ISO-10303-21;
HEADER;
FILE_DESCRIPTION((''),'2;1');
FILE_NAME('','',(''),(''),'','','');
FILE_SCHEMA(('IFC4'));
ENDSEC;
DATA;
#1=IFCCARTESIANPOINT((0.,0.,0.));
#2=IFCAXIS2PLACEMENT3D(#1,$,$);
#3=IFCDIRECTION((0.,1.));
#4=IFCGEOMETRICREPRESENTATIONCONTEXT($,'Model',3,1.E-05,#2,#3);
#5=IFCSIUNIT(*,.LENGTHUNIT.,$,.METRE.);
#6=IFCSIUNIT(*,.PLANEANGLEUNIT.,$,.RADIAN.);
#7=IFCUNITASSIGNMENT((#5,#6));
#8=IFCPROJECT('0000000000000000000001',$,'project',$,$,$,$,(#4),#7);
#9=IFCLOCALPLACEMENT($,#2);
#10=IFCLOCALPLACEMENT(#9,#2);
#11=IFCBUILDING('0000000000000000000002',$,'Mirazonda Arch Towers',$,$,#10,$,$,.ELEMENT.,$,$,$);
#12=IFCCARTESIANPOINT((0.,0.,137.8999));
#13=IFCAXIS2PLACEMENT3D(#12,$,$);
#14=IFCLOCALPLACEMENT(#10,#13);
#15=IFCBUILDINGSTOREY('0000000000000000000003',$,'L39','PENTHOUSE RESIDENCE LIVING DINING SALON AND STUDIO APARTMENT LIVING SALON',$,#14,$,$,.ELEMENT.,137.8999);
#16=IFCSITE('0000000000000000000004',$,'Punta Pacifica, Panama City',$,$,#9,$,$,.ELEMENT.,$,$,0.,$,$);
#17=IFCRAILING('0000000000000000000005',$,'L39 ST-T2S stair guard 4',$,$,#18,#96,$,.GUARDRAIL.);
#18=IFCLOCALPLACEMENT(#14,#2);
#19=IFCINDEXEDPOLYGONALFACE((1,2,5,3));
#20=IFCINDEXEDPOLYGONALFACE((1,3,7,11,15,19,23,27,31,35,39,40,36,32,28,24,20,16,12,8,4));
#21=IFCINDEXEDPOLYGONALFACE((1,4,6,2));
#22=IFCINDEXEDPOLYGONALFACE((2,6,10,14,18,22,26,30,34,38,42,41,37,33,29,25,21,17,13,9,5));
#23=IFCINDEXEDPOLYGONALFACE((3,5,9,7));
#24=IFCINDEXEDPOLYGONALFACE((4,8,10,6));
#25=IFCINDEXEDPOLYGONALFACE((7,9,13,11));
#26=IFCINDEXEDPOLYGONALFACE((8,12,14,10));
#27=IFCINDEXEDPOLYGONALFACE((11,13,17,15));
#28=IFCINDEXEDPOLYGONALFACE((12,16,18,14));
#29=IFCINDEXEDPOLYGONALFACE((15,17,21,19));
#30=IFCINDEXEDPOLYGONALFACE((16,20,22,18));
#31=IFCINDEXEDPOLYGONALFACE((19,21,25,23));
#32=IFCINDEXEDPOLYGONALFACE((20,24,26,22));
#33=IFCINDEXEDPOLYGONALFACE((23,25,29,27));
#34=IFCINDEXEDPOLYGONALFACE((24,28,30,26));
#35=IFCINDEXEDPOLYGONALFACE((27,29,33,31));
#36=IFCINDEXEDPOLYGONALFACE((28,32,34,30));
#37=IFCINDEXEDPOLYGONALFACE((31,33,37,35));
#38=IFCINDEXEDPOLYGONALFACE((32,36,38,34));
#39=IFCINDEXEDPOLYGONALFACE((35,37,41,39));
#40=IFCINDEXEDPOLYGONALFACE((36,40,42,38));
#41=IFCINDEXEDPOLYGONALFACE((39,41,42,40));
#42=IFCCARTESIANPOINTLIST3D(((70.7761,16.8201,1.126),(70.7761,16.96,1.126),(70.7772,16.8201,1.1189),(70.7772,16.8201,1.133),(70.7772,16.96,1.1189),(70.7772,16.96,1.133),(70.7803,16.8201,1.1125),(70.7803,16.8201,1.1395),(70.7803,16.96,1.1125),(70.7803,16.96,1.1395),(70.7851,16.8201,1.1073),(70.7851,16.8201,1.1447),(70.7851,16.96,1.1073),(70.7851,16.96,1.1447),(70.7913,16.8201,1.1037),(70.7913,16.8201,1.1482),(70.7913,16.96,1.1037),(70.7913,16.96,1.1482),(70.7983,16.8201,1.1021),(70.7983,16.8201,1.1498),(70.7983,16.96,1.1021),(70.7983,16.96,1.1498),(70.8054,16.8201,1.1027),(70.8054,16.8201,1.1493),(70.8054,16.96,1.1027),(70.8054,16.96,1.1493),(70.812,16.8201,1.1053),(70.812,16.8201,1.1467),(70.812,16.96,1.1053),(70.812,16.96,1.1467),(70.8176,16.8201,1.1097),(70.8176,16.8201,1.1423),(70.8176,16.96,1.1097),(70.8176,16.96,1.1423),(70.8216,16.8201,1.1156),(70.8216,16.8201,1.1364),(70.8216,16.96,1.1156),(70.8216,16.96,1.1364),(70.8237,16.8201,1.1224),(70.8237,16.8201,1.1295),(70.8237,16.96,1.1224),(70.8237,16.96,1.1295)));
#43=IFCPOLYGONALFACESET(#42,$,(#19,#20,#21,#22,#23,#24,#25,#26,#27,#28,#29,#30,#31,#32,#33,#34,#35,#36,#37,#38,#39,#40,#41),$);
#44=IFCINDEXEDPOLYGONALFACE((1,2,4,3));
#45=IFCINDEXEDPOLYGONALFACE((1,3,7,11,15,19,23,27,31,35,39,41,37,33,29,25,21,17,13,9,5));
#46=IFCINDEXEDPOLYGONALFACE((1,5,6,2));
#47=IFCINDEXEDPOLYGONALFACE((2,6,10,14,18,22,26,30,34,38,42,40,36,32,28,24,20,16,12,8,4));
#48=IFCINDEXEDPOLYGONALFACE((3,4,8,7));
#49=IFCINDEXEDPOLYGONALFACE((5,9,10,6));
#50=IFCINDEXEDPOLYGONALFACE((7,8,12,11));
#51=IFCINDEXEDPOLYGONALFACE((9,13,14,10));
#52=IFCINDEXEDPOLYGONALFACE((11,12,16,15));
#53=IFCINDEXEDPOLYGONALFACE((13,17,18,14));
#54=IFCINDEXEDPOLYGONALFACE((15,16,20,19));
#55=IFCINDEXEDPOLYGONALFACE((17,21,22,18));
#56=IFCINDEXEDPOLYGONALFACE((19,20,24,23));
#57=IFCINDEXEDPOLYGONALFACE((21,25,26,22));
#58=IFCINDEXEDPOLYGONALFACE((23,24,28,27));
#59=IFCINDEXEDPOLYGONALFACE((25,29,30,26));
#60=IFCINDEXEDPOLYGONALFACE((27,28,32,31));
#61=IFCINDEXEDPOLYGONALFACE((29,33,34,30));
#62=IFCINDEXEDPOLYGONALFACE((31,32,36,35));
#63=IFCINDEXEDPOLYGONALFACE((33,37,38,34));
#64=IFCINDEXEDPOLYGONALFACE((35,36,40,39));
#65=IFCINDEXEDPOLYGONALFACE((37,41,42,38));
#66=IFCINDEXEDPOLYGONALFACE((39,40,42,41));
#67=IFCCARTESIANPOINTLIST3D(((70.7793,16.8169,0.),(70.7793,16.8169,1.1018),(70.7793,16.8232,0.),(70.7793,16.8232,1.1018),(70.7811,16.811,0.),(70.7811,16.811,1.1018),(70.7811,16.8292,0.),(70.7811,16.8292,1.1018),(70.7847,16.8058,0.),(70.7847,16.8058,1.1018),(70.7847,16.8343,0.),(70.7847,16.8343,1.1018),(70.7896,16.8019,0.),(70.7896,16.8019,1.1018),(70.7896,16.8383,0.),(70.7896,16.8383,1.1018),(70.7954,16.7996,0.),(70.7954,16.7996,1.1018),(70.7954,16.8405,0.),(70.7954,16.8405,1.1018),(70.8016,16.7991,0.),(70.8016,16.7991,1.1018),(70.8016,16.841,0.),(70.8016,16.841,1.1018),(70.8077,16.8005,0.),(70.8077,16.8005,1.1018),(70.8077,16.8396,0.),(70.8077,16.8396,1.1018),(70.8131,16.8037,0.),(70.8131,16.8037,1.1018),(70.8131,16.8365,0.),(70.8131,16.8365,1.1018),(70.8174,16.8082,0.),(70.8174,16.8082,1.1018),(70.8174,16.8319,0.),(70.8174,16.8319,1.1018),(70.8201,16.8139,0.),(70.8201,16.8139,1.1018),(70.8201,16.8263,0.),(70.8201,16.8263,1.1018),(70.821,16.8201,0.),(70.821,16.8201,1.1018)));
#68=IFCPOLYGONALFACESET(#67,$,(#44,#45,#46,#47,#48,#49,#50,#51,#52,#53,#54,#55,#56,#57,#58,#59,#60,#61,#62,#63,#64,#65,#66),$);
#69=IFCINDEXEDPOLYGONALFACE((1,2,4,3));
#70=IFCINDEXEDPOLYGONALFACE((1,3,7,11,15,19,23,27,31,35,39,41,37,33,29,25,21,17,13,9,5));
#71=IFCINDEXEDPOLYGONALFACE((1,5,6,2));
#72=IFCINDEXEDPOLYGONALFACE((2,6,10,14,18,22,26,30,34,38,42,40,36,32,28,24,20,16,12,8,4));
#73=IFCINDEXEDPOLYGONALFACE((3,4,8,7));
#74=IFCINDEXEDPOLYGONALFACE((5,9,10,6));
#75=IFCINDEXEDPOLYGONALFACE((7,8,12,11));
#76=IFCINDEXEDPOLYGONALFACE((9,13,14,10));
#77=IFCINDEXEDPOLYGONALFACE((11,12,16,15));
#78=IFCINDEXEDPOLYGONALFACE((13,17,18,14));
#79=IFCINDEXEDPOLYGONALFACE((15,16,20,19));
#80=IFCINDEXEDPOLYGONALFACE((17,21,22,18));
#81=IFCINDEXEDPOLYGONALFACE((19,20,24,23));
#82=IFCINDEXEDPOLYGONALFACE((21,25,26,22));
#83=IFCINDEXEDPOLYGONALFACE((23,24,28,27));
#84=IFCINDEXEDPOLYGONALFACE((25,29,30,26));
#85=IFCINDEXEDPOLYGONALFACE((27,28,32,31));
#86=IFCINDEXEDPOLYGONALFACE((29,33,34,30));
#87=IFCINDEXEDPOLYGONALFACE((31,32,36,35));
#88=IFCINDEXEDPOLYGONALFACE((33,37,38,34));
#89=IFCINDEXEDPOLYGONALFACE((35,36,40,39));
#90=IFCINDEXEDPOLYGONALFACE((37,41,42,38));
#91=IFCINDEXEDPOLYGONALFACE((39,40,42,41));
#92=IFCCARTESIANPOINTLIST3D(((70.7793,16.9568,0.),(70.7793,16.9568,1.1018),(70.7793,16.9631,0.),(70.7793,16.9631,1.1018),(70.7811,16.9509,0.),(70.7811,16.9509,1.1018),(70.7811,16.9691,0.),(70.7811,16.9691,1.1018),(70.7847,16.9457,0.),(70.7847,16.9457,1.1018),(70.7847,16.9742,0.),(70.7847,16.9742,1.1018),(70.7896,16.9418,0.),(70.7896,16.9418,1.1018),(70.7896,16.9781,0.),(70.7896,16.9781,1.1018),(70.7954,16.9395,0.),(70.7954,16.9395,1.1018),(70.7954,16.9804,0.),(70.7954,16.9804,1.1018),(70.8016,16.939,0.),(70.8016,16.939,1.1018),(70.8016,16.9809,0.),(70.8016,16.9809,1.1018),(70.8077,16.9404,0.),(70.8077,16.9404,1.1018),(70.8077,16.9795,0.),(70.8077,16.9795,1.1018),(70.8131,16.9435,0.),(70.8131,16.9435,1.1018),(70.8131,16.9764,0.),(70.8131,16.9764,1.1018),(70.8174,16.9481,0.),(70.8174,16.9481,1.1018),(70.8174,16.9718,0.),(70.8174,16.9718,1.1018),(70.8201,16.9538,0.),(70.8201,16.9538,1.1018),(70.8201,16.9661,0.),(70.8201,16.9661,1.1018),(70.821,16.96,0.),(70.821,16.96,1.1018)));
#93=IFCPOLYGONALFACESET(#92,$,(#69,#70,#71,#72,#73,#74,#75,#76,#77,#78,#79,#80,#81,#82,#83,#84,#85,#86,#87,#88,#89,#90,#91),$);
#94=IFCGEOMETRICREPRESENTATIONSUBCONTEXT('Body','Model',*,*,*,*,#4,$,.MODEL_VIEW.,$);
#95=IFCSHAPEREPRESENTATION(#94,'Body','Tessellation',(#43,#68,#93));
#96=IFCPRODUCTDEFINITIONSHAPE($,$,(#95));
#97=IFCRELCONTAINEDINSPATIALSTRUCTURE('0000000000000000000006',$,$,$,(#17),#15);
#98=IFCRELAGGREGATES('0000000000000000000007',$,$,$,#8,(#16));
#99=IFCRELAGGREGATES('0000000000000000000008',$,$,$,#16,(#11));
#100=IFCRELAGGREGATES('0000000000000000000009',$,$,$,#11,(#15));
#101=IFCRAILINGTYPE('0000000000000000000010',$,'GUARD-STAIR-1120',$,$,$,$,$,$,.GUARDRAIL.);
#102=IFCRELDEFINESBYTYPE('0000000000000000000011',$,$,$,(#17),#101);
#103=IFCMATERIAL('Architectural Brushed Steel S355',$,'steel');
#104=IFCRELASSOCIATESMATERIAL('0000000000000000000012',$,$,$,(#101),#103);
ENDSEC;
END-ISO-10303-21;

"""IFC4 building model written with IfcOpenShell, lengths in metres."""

from ifc_helpers import new_model, si_unit, direction, frame, origin, origin_2d, place, context, subcontext, project, spatial, circle, extrude, material, type_object, element, save


model = new_model("IFC4")

# Units and contexts
model_context = context("Model", 3, precision=1e-05, world=origin(), true_north=direction((0.0, 1.0)))
body_context = subcontext(model_context, "Body", "Model", "MODEL_VIEW")
ifc_project = project(units=[si_unit("LENGTHUNIT", "METRE"), si_unit("PLANEANGLEUNIT", "RADIAN")], contexts=[model_context])

# Site, building, storey
site_placement = place(None, origin())
site = spatial("IfcSite", under=ifc_project, at=site_placement, Name="Punta Pacifica, Panama City", CompositionType="ELEMENT", RefElevation=0.0)
building_placement = place(site_placement, origin())
building = spatial("IfcBuilding", under=site, at=building_placement, Name="Mirazonda Arch Towers", CompositionType="ELEMENT")
storey_placement = place(building_placement, frame((0.0, 0.0, 137.8999)))
storey = spatial("IfcBuildingStorey", under=building, at=storey_placement, Name="L39", Description="PENTHOUSE RESIDENCE LIVING DINING SALON AND STUDIO APARTMENT LIVING SALON", CompositionType="ELEMENT", Elevation=137.8999)

# Railing
ifc_material_1 = material(Name="Architectural Brushed Steel S355", Category="steel")
railing_type_1 = type_object("IfcRailingType", Name="GUARD-STAIR-1120", PredefinedType="GUARDRAIL", material=ifc_material_1)
railing_1_placement = place(storey_placement, frame((70.8, 16.8201, 0.0)))
element("IfcRailing", 1, at=railing_1_placement, inside=storey, type_object=railing_type_1, Name="L39 ST-T2S stair guard 4", PredefinedType="GUARDRAIL", context=body_context, shape_type="SweptSolid", body=[
    extrude(circle(Radius=0.0239, at=origin_2d()), frame((0.0, 0.0, 1.126), z_axis=(0.0, 1.0, 0.0), x_axis=(-1.0, 0.0, 0.0)), (0.0, 0.0, 1.0), 0.1399),
    extrude(circle(Radius=0.021, at=origin_2d()), origin(), (0.0, 0.0, 1.0), 1.1018),
    extrude(circle(Radius=0.021, at=origin_2d()), frame((0.0, 0.1399, 0.0)), (0.0, 0.0, 1.0), 1.1018),
])

save(model, "model.ifc")
